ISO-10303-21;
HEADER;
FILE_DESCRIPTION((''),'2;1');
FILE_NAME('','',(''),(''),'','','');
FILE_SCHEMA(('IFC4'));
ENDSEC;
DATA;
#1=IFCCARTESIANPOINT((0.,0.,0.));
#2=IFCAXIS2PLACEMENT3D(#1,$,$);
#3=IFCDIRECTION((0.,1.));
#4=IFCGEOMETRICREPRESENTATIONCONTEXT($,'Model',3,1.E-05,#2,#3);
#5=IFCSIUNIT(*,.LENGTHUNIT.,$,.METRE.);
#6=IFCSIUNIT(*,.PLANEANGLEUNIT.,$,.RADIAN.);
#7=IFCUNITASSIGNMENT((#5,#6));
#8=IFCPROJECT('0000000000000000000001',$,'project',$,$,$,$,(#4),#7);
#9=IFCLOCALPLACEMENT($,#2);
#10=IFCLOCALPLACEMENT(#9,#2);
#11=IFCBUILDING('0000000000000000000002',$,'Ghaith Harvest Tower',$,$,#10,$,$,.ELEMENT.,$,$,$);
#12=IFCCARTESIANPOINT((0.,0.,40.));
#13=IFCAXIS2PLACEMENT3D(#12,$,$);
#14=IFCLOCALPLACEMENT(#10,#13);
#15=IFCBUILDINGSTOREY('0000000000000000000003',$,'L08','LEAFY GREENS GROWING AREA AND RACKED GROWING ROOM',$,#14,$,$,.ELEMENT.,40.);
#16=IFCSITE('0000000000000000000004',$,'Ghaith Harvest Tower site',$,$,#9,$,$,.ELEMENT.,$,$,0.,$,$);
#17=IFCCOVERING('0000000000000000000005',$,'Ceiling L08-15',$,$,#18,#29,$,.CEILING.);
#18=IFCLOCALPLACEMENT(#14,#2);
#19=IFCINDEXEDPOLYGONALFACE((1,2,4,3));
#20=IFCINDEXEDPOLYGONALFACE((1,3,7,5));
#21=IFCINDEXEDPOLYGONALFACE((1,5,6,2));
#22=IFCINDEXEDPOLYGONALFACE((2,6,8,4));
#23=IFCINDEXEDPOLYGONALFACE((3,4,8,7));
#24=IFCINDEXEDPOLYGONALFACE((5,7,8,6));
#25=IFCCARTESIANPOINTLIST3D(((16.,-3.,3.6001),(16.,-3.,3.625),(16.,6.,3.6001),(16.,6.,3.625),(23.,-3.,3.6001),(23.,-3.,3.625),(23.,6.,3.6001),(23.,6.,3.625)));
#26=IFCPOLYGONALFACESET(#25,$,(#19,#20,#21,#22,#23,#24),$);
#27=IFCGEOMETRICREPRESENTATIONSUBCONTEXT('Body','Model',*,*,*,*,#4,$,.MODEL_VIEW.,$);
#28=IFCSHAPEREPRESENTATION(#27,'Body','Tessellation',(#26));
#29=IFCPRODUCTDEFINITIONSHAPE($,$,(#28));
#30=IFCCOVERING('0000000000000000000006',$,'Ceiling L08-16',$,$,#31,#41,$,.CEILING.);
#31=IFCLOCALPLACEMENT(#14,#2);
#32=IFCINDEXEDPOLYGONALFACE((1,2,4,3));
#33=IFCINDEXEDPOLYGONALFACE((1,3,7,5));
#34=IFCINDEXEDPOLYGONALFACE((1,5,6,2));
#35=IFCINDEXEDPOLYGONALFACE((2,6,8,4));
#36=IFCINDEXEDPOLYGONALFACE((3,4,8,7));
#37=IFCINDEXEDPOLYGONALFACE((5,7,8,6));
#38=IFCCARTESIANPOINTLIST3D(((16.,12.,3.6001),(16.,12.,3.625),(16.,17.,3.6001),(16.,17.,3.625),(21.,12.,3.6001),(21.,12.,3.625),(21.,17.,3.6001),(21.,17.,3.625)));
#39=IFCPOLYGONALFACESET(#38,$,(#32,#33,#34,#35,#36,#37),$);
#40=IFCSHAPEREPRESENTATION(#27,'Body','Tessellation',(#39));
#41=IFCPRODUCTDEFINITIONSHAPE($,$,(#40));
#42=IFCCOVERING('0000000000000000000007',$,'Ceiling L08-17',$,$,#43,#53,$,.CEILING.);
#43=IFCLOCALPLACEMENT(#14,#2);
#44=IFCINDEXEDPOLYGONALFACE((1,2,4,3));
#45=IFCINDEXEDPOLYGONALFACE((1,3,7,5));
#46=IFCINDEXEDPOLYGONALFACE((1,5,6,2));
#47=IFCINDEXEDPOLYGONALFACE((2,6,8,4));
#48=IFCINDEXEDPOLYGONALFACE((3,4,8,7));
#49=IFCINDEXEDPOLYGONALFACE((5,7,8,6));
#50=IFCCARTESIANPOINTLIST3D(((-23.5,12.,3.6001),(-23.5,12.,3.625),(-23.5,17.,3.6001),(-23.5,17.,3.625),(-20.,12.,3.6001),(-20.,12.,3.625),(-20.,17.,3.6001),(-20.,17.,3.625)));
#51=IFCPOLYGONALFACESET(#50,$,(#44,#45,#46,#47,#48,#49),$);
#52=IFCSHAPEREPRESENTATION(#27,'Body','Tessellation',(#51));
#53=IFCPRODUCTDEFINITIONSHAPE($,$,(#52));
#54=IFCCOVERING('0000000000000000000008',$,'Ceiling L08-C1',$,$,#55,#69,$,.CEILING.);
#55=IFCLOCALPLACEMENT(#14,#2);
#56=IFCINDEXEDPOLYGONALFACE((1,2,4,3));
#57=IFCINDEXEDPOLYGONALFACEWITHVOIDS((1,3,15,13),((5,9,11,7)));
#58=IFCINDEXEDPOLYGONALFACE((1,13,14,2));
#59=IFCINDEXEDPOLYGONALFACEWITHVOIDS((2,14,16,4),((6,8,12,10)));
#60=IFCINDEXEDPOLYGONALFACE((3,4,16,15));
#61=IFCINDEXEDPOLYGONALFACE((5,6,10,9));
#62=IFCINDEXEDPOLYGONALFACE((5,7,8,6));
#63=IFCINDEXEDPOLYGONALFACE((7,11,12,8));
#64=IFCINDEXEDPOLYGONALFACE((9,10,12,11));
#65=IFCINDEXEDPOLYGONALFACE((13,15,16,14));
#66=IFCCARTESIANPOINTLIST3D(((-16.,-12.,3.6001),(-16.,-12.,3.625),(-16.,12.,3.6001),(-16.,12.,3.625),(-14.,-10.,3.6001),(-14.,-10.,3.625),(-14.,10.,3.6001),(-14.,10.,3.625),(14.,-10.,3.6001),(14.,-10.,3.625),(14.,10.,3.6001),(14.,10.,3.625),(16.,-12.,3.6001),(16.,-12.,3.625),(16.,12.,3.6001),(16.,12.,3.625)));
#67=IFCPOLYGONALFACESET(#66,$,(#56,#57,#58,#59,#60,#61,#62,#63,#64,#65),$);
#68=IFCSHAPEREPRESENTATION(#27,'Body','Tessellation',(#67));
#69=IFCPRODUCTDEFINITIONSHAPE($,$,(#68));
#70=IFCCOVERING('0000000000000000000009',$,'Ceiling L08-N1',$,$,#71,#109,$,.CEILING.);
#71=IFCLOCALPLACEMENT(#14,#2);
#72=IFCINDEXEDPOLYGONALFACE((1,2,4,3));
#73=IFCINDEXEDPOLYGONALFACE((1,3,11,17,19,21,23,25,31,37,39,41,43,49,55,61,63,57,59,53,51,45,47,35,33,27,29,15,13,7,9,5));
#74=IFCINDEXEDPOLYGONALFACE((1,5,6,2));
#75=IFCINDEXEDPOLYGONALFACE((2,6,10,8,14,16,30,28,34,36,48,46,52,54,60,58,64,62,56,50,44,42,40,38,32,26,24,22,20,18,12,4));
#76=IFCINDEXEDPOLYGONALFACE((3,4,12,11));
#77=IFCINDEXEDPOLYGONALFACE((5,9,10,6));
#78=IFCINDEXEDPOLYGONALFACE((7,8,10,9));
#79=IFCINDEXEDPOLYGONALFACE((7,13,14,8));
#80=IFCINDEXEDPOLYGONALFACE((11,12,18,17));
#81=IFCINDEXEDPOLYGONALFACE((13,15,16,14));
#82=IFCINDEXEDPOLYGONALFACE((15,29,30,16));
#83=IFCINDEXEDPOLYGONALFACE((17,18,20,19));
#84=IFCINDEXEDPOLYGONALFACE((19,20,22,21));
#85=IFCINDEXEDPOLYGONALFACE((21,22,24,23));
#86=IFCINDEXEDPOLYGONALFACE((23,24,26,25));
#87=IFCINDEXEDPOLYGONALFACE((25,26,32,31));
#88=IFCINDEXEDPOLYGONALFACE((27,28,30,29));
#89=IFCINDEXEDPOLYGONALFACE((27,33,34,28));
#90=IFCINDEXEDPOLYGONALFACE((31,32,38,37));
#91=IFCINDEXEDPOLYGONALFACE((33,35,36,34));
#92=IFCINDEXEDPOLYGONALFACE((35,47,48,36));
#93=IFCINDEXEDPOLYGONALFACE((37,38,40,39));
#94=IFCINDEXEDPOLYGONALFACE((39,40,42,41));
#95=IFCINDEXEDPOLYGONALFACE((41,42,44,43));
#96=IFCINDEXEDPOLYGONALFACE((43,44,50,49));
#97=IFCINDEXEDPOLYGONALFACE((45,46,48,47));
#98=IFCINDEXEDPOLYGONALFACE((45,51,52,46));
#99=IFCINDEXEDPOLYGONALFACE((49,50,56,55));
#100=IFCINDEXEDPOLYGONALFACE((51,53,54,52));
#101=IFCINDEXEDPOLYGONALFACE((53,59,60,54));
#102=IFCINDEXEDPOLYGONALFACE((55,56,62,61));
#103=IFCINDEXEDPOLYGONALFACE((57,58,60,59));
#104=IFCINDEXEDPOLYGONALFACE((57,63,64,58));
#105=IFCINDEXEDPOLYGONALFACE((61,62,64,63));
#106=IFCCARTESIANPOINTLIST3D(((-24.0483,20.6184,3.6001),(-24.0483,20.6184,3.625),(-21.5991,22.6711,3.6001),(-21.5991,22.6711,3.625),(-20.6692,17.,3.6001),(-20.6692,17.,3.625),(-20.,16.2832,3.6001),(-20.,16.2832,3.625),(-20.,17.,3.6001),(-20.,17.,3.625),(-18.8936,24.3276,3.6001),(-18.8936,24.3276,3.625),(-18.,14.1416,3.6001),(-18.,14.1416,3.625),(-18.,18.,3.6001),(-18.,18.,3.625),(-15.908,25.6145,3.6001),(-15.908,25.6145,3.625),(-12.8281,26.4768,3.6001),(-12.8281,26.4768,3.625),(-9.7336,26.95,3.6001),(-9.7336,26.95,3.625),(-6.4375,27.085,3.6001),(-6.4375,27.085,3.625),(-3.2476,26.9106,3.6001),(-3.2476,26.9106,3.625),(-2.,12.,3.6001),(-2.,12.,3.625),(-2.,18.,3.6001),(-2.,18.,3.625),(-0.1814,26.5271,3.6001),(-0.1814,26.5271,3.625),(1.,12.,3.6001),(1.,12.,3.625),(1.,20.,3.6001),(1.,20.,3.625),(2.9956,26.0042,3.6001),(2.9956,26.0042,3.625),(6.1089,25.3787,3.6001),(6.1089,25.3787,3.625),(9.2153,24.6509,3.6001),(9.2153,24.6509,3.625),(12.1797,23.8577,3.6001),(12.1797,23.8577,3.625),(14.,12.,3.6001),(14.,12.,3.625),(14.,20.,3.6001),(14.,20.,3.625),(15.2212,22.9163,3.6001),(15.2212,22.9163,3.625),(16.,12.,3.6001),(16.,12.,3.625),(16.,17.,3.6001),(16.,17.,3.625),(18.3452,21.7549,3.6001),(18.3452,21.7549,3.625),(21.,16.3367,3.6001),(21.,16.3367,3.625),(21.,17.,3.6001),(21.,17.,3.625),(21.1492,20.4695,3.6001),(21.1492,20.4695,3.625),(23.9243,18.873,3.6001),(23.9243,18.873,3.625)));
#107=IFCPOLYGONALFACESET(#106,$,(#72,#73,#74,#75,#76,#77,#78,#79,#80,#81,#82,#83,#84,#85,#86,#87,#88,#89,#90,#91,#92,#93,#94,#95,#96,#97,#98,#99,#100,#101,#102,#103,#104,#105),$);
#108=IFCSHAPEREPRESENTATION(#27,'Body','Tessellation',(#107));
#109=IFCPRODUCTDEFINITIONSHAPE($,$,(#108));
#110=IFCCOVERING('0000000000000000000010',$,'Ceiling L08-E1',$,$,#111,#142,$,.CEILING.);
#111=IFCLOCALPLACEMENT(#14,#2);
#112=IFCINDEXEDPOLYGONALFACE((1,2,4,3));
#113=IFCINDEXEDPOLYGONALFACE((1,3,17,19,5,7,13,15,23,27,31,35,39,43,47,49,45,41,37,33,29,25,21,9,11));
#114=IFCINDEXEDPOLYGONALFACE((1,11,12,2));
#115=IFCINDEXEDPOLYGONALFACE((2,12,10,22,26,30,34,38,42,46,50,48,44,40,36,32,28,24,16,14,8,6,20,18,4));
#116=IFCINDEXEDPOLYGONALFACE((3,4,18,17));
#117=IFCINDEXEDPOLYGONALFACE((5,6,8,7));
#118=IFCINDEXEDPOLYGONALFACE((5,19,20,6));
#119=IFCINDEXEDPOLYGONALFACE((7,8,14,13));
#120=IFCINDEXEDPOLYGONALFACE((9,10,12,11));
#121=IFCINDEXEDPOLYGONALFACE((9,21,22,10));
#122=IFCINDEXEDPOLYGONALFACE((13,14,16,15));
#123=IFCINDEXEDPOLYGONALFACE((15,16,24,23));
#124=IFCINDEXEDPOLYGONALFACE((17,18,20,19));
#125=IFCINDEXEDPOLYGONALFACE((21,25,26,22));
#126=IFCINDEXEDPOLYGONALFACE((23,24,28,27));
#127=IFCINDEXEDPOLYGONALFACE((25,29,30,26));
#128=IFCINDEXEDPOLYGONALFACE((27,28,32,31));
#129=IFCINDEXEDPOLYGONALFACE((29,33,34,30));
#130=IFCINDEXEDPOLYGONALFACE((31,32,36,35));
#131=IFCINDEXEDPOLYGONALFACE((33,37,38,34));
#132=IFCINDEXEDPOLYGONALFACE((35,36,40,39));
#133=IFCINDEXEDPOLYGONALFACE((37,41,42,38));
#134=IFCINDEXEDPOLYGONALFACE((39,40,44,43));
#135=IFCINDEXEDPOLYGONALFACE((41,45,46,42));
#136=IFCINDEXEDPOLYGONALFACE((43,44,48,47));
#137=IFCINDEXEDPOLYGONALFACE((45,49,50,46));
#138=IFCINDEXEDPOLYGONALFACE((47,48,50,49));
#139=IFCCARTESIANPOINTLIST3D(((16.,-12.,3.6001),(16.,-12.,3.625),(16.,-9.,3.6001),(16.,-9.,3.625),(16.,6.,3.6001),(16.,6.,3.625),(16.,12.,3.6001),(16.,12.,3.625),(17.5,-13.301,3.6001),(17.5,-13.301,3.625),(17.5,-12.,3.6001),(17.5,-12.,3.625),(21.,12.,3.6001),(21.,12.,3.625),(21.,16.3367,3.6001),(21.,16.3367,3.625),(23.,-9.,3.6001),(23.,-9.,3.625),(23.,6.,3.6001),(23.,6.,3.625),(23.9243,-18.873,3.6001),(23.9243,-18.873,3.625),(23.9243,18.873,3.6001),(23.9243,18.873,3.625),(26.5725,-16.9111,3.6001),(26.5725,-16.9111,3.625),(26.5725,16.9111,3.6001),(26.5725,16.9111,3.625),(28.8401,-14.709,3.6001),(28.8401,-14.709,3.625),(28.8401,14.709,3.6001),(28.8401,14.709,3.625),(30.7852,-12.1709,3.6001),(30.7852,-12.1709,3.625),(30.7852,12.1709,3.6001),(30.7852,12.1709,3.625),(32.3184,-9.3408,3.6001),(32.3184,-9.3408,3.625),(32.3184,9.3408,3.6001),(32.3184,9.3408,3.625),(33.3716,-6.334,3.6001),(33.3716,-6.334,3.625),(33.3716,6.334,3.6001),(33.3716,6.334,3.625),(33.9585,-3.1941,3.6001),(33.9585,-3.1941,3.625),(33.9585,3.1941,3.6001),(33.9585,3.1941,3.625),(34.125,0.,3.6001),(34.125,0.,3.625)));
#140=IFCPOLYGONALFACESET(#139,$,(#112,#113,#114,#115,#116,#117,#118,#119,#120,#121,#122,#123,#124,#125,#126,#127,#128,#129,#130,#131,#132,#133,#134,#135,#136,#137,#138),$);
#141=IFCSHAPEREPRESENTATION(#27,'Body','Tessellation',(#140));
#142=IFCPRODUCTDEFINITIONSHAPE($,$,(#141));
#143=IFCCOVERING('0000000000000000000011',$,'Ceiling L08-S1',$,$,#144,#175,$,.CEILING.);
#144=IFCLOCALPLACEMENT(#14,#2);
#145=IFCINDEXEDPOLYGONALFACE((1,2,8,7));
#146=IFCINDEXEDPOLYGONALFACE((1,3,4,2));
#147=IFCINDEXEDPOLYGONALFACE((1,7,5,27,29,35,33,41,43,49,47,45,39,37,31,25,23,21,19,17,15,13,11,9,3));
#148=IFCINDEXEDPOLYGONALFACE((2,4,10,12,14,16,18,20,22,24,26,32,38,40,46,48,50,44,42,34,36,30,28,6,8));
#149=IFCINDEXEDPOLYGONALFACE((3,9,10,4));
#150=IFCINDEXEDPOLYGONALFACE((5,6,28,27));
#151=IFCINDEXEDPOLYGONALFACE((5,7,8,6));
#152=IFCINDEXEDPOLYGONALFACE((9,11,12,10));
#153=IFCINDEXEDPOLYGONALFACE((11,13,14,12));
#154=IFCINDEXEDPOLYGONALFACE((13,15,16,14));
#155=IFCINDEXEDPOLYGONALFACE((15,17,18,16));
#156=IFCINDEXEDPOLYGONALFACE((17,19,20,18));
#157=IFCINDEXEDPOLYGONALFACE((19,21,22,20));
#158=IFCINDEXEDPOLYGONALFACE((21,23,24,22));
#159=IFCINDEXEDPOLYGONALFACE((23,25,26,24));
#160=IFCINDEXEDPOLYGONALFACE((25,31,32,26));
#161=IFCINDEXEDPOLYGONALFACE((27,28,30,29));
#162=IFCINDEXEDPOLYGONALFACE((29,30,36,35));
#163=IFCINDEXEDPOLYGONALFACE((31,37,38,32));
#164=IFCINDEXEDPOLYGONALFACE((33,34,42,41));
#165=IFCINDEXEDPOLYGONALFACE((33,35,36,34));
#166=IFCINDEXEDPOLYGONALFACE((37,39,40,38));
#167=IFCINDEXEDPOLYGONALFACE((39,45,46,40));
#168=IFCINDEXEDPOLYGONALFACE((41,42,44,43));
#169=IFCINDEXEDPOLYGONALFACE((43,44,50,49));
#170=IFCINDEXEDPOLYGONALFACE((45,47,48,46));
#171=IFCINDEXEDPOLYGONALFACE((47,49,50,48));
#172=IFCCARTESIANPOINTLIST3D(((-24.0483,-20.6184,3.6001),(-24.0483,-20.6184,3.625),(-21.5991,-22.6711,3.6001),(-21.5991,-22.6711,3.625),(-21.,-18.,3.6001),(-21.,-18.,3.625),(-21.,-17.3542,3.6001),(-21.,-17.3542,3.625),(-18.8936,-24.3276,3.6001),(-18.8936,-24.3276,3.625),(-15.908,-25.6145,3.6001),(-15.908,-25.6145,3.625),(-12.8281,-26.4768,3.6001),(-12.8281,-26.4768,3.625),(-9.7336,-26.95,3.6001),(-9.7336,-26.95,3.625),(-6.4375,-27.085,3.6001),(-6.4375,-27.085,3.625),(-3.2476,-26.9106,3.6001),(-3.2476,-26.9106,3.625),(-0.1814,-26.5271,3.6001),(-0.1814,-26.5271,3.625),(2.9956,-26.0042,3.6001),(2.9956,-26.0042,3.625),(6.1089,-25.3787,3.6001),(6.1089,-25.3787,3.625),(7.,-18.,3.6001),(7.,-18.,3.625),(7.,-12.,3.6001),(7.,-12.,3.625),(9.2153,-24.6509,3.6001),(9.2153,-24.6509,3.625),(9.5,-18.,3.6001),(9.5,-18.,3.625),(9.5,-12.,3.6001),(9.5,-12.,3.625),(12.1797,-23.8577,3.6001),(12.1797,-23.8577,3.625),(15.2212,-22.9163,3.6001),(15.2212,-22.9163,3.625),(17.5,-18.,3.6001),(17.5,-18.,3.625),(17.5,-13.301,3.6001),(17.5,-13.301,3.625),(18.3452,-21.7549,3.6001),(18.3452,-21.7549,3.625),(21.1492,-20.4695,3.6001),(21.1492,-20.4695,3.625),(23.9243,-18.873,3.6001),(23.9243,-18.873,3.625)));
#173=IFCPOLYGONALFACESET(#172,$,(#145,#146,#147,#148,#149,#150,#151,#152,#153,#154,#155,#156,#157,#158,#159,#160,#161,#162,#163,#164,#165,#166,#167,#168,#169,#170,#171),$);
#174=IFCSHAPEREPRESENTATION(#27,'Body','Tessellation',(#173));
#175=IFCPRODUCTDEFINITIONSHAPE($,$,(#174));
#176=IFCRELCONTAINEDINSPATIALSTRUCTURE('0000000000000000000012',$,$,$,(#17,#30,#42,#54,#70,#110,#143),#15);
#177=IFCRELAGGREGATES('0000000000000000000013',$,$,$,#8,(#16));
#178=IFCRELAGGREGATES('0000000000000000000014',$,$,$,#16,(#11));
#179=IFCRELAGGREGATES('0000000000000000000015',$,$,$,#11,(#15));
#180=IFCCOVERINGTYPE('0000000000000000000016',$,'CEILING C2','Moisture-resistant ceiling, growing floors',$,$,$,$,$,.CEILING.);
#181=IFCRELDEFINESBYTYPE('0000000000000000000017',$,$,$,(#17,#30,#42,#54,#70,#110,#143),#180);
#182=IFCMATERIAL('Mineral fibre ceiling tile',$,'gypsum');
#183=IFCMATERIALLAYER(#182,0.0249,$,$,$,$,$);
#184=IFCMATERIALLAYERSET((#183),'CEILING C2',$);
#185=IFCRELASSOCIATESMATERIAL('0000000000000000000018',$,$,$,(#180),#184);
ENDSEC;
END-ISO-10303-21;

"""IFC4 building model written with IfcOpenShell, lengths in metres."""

from ifc_helpers import new_model, si_unit, direction, frame, origin, place, context, subcontext, project, spatial, polyline, outline, extrude, material, layer, layer_set, type_object, element, save


model = new_model("IFC4")

# Units and contexts
model_context = context("Model", 3, precision=1e-05, world=origin(), true_north=direction((0.0, 1.0)))
body_context = subcontext(model_context, "Body", "Model", "MODEL_VIEW")
ifc_project = project(units=[si_unit("LENGTHUNIT", "METRE"), si_unit("PLANEANGLEUNIT", "RADIAN")], contexts=[model_context])

# Site, building, storey
site_placement = place(None, origin())
site = spatial("IfcSite", under=ifc_project, at=site_placement, Name="Ghaith Harvest Tower site", CompositionType="ELEMENT", RefElevation=0.0)
building_placement = place(site_placement, origin())
building = spatial("IfcBuilding", under=site, at=building_placement, Name="Ghaith Harvest Tower", CompositionType="ELEMENT")
storey_placement = place(building_placement, frame((0.0, 0.0, 40.0)))
storey = spatial("IfcBuildingStorey", under=building, at=storey_placement, Name="L08", Description="LEAFY GREENS GROWING AREA AND RACKED GROWING ROOM", CompositionType="ELEMENT", Elevation=40.0)

# Coverings
ifc_material_1 = material(Name="Mineral fibre ceiling tile", Category="gypsum")
ifc_layer_1 = layer(ifc_material_1, 0.0249)
ifc_layer_set_1 = layer_set([ifc_layer_1], Name="CEILING C2")
covering_type = type_object("IfcCoveringType", Name="CEILING C2", Description="Moisture-resistant ceiling, growing floors", PredefinedType="CEILING", material=ifc_layer_set_1)
covering_1_placement = place(storey_placement, frame((0.0, 0.0, 3.6001)))
element("IfcCovering", 1, at=covering_1_placement, inside=storey, type_object=covering_type, Name="Ceiling L08-15", PredefinedType="CEILING", context=body_context, shape_type="SweptSolid", body=[
    extrude(outline(polyline([(16.0, -3.0), (23.0, -3.0), (23.0, 6.0), (16.0, 6.0), (16.0, -3.0)])), origin(), (0.0, 0.0, 1.0), 0.0249),
])
covering_2_placement = place(storey_placement, frame((0.0, 0.0, 3.6001)))
element("IfcCovering", 2, at=covering_2_placement, inside=storey, type_object=covering_type, Name="Ceiling L08-16", PredefinedType="CEILING", context=body_context, shape_type="SweptSolid", body=[
    extrude(outline(polyline([(16.0, 12.0), (21.0, 12.0), (21.0, 17.0), (16.0, 17.0), (16.0, 12.0)])), origin(), (0.0, 0.0, 1.0), 0.0249),
])
covering_3_placement = place(storey_placement, frame((0.0, 0.0, 3.6001)))
element("IfcCovering", 3, at=covering_3_placement, inside=storey, type_object=covering_type, Name="Ceiling L08-17", PredefinedType="CEILING", context=body_context, shape_type="SweptSolid", body=[
    extrude(outline(polyline([(-23.5, 12.0), (-20.0, 12.0), (-20.0, 17.0), (-23.5, 17.0), (-23.5, 12.0)])), origin(), (0.0, 0.0, 1.0), 0.0249),
])
covering_4_placement = place(storey_placement, frame((0.0, 0.0, 3.6001)))
element("IfcCovering", 4, at=covering_4_placement, inside=storey, type_object=covering_type, Name="Ceiling L08-C1", PredefinedType="CEILING", context=body_context, shape_type="SweptSolid", body=[
    extrude(outline(polyline([(16.0, -12.0), (-16.0, -12.0), (-16.0, 12.0), (16.0, 12.0), (16.0, -12.0)]), holes=[polyline([(-14.0, 10.0), (-14.0, -10.0), (14.0, -10.0), (14.0, 10.0), (-14.0, 10.0)])]), origin(), (0.0, 0.0, 1.0), 0.0249),
])
covering_5_placement = place(storey_placement, frame((0.0, 0.0, 3.6001)))
element("IfcCovering", 5, at=covering_5_placement, inside=storey, type_object=covering_type, Name="Ceiling L08-N1", PredefinedType="CEILING", context=body_context, shape_type="SweptSolid", body=[
    extrude(outline(polyline([(-21.5991, 22.6711), (-18.8936, 24.3276), (-15.908, 25.6145), (-12.8281, 26.4768), (-9.7336, 26.95), (-6.4375, 27.085), (-3.2476, 26.9106), (-0.1814, 26.5271), (2.9956, 26.0042), (6.1089, 25.3787), (9.2153, 24.6509), (12.1797, 23.8577), (15.2212, 22.9163), (18.3452, 21.7549), (21.1492, 20.4695), (23.9243, 18.873), (21.0, 16.3367), (21.0, 17.0), (16.0, 17.0), (16.0, 12.0), (14.0, 12.0), (14.0, 20.0), (1.0, 20.0), (1.0, 12.0), (-2.0, 12.0), (-2.0, 18.0), (-18.0, 18.0), (-18.0, 14.1416), (-20.0, 16.2832), (-20.0, 17.0), (-20.6692, 17.0), (-24.0483, 20.6184), (-21.5991, 22.6711)])), origin(), (0.0, 0.0, 1.0), 0.0249),
])
covering_6_placement = place(storey_placement, frame((0.0, 0.0, 3.6001)))
element("IfcCovering", 6, at=covering_6_placement, inside=storey, type_object=covering_type, Name="Ceiling L08-E1", PredefinedType="CEILING", context=body_context, shape_type="SweptSolid", body=[
    extrude(outline(polyline([(26.5725, 16.9111), (28.8401, 14.709), (30.7852, 12.1709), (32.3184, 9.3408), (33.3716, 6.334), (33.9585, 3.1941), (34.125, 0.0), (33.9585, -3.1941), (33.3716, -6.334), (32.3184, -9.3408), (30.7852, -12.1709), (28.8401, -14.709), (26.5725, -16.9111), (23.9243, -18.873), (17.5, -13.301), (17.5, -12.0), (16.0, -12.0), (16.0, -9.0), (23.0, -9.0), (23.0, 6.0), (16.0, 6.0), (16.0, 12.0), (21.0, 12.0), (21.0, 16.3367), (23.9243, 18.873), (26.5725, 16.9111)])), origin(), (0.0, 0.0, 1.0), 0.0249),
])
covering_7_placement = place(storey_placement, frame((0.0, 0.0, 3.6001)))
element("IfcCovering", 7, at=covering_7_placement, inside=storey, type_object=covering_type, Name="Ceiling L08-S1", PredefinedType="CEILING", context=body_context, shape_type="SweptSolid", body=[
    extrude(outline(polyline([(-15.908, -25.6145), (-18.8936, -24.3276), (-21.5991, -22.6711), (-24.0483, -20.6184), (-21.0, -17.3542), (-21.0, -18.0), (7.0, -18.0), (7.0, -12.0), (9.5, -12.0), (9.5, -18.0), (17.5, -18.0), (17.5, -13.301), (23.9243, -18.873), (21.1492, -20.4695), (18.3452, -21.7549), (15.2212, -22.9163), (12.1797, -23.8577), (9.2153, -24.6509), (6.1089, -25.3787), (2.9956, -26.0042), (-0.1814, -26.5271), (-3.2476, -26.9106), (-6.4375, -27.085), (-9.7336, -26.95), (-12.8281, -26.4768), (-15.908, -25.6145)])), origin(), (0.0, 0.0, 1.0), 0.0249),
])

save(model, "model.ifc")
